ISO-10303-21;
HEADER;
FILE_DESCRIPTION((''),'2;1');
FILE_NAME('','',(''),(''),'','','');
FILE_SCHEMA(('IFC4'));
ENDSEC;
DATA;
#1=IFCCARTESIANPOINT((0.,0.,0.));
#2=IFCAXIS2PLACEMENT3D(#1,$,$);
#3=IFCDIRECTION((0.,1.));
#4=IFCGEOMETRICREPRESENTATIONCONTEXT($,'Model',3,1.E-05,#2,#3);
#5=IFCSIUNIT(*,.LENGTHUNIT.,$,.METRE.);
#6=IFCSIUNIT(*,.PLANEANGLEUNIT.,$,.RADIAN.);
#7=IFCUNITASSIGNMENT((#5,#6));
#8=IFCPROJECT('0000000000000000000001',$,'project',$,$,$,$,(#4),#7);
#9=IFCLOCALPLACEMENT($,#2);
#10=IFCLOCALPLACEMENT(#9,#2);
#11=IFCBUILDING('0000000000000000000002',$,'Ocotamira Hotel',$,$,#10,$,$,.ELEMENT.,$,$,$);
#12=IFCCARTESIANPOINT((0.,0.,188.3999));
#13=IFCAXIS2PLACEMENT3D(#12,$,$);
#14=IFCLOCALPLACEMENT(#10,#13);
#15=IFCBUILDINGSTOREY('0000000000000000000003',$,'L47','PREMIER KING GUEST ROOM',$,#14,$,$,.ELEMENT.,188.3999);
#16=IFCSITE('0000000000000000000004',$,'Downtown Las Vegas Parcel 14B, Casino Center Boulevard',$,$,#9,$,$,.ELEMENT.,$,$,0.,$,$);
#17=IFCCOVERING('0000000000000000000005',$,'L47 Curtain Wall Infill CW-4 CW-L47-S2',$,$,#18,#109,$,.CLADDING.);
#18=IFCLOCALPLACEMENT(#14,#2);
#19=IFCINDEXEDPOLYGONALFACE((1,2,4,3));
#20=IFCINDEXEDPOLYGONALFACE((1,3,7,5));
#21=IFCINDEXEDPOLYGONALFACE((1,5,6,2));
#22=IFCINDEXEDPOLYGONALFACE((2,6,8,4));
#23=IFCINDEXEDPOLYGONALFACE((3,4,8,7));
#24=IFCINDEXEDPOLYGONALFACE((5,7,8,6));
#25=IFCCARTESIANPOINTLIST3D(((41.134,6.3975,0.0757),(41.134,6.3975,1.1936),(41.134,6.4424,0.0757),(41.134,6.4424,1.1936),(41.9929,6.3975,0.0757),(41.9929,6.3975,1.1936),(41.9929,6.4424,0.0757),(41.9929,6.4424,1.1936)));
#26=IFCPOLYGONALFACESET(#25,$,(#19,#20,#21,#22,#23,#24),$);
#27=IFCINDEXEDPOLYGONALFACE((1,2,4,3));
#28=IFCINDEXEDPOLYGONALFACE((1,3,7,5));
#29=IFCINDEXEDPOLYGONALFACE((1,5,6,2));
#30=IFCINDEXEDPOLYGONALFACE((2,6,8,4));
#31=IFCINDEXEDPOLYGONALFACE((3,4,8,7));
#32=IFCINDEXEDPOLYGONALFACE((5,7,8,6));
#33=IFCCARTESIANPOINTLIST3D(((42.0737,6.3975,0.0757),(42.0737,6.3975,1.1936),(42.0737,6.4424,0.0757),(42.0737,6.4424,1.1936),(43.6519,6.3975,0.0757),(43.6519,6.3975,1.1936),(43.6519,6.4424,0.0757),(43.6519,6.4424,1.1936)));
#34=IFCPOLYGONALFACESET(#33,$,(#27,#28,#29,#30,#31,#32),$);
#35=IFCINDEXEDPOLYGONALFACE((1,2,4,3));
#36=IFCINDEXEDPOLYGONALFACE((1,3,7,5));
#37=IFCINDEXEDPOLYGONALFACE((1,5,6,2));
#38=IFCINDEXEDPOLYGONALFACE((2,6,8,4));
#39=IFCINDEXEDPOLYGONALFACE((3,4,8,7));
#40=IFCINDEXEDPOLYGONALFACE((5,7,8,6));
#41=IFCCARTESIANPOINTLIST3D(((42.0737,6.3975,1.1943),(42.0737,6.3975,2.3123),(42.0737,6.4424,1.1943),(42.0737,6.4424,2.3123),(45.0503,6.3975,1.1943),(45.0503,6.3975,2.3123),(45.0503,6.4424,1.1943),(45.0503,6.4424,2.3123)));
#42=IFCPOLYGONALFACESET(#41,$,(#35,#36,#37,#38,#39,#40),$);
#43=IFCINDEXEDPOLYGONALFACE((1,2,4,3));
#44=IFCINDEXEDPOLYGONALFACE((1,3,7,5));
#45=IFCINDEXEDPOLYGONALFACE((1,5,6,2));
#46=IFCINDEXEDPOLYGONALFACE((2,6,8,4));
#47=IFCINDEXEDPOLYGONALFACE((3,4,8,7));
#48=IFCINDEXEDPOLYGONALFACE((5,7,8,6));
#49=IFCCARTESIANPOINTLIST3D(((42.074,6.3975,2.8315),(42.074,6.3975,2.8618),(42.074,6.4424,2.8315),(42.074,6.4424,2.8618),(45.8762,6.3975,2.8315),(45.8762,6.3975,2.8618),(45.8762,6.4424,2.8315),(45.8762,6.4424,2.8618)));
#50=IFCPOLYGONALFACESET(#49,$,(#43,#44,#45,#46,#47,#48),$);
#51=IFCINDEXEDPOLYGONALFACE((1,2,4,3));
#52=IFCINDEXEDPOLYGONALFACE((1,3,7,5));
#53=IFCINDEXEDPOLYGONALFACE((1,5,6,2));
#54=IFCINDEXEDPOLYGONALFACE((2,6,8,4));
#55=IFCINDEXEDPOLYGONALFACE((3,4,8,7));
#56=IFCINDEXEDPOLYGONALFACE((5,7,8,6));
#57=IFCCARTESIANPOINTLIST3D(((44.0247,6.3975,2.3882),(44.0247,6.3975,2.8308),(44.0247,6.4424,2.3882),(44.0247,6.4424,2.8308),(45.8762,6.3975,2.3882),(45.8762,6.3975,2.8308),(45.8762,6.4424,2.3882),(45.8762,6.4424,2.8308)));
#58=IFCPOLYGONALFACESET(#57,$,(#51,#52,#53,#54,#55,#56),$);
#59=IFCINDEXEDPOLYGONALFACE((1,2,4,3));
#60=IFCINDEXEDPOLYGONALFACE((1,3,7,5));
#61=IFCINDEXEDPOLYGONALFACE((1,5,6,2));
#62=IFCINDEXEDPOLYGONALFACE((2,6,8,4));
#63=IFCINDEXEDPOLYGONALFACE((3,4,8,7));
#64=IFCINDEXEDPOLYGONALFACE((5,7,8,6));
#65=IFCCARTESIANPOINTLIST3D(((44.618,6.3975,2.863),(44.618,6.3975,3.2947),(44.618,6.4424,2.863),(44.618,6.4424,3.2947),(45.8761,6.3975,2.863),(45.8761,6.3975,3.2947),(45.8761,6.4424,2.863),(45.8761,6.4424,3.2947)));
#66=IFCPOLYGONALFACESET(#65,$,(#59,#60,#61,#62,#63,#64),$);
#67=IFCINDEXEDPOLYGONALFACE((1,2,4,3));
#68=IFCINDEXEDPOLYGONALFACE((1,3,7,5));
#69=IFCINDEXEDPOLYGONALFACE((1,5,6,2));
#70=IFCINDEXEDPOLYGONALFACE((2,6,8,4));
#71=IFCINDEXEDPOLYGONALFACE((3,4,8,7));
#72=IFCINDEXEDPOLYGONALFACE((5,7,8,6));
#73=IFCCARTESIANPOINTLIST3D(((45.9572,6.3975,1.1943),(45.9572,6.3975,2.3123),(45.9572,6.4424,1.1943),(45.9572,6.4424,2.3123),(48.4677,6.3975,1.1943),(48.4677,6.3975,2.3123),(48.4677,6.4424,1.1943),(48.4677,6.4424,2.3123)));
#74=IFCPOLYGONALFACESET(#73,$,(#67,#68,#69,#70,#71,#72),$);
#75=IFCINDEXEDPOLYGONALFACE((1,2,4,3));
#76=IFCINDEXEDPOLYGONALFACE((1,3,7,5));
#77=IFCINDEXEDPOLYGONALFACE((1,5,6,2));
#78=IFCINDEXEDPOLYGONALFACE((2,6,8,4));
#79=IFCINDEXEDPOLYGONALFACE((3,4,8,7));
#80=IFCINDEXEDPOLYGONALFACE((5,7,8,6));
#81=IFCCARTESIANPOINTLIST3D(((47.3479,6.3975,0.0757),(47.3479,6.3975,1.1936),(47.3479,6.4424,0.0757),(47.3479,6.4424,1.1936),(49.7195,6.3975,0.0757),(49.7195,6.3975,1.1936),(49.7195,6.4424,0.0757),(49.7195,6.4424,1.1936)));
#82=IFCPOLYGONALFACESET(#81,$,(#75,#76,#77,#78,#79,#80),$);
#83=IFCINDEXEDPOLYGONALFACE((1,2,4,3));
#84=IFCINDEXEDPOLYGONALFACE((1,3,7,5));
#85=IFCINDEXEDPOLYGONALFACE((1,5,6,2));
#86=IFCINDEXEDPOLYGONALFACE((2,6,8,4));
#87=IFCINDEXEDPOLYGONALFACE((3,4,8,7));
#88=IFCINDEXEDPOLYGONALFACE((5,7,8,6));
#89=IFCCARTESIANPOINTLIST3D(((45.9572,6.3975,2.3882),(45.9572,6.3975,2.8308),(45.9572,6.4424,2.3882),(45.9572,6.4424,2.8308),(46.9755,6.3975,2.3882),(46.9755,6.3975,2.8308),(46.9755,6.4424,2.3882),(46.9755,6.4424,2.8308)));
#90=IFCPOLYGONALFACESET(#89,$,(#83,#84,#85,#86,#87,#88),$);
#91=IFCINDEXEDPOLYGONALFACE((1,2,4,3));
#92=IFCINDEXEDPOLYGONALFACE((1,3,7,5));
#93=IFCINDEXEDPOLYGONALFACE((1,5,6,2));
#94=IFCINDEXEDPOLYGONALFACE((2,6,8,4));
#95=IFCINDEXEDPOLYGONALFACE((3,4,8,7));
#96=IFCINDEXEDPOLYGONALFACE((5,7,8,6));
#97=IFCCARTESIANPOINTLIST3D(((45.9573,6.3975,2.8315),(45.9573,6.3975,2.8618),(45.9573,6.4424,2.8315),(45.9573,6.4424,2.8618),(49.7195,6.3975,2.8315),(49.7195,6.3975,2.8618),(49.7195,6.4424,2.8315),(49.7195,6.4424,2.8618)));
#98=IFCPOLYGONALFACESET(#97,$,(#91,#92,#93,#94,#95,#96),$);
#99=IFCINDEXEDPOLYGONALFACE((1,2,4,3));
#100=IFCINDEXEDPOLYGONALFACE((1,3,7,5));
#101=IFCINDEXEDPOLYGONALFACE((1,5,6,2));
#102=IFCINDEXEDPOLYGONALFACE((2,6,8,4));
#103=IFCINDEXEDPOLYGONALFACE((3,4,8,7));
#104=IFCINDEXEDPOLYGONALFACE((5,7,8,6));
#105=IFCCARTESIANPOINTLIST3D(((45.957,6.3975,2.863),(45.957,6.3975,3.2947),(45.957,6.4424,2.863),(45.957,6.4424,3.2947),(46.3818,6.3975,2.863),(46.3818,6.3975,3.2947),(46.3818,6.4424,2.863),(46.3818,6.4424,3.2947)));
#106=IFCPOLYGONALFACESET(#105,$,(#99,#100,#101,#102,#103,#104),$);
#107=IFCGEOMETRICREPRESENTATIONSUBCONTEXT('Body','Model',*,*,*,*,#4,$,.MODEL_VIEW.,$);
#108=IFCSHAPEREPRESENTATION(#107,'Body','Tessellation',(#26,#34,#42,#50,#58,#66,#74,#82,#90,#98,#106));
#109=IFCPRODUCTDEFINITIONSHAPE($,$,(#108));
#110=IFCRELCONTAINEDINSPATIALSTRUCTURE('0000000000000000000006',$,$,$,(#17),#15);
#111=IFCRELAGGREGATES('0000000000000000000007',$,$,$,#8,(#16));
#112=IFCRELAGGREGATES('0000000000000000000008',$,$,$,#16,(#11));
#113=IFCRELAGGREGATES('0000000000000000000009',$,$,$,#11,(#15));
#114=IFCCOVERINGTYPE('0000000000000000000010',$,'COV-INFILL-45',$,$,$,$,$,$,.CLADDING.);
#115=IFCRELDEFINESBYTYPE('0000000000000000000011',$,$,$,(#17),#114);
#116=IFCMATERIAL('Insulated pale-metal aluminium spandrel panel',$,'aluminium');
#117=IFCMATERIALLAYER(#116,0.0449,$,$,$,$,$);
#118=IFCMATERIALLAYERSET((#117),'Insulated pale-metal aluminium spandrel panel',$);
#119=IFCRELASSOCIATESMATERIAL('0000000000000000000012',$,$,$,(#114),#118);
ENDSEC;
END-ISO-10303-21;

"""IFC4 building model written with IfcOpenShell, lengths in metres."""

from ifc_helpers import new_model, si_unit, direction, frame, origin, origin_2d, place, context, subcontext, project, spatial, rectangle, extrude, material, layer, layer_set, type_object, element, save


model = new_model("IFC4")

# Units and contexts
model_context = context("Model", 3, precision=1e-05, world=origin(), true_north=direction((0.0, 1.0)))
body_context = subcontext(model_context, "Body", "Model", "MODEL_VIEW")
ifc_project = project(units=[si_unit("LENGTHUNIT", "METRE"), si_unit("PLANEANGLEUNIT", "RADIAN")], contexts=[model_context])

# Site, building, storey
site_placement = place(None, origin())
site = spatial("IfcSite", under=ifc_project, at=site_placement, Name="Downtown Las Vegas Parcel 14B, Casino Center Boulevard", CompositionType="ELEMENT", RefElevation=0.0)
building_placement = place(site_placement, origin())
building = spatial("IfcBuilding", under=site, at=building_placement, Name="Ocotamira Hotel", CompositionType="ELEMENT")
storey_placement = place(building_placement, frame((0.0, 0.0, 188.3999)))
storey = spatial("IfcBuildingStorey", under=building, at=storey_placement, Name="L47", Description="PREMIER KING GUEST ROOM", CompositionType="ELEMENT", Elevation=188.3999)

# Covering
ifc_material_1 = material(Name="Insulated pale-metal aluminium spandrel panel", Category="aluminium")
ifc_layer_1 = layer(ifc_material_1, 0.0449)
ifc_layer_set_1 = layer_set([ifc_layer_1], Name="Insulated pale-metal aluminium spandrel panel")
covering_type_1 = type_object("IfcCoveringType", Name="COV-INFILL-45", PredefinedType="CLADDING", material=ifc_layer_set_1)
covering_1_placement = place(storey_placement, origin())
element("IfcCovering", 1, at=covering_1_placement, inside=storey, type_object=covering_type_1, Name="L47 Curtain Wall Infill CW-4 CW-L47-S2", PredefinedType="CLADDING", context=body_context, shape_type="SweptSolid", body=[
    extrude(rectangle(XDim=0.8589, YDim=0.0449, at=origin_2d()), frame((41.5635, 6.4199, 0.0757), z_axis=(0.0, 0.0, 1.0), x_axis=(1.0, 0.0, 0.0)), (0.0, 0.0, 1.0), 1.1179),
    extrude(rectangle(XDim=1.5781, YDim=0.0449, at=origin_2d()), frame((42.8628, 6.4199, 0.0757), z_axis=(0.0, 0.0, 1.0), x_axis=(1.0, 0.0, 0.0)), (0.0, 0.0, 1.0), 1.1179),
    extrude(rectangle(XDim=2.9766, YDim=0.0449, at=origin_2d()), frame((43.562, 6.4199, 1.1943), z_axis=(0.0, 0.0, 1.0), x_axis=(1.0, 0.0, 0.0)), (0.0, 0.0, 1.0), 1.1179),
    extrude(rectangle(XDim=3.8022, YDim=0.0449, at=origin_2d()), frame((43.9751, 6.4199, 2.8315), z_axis=(0.0, 0.0, 1.0), x_axis=(1.0, 0.0, 0.0)), (0.0, 0.0, 1.0), 0.0303),
    extrude(rectangle(XDim=1.8516, YDim=0.0449, at=origin_2d()), frame((44.9504, 6.4199, 2.3882), z_axis=(0.0, 0.0, 1.0), x_axis=(1.0, 0.0, 0.0)), (0.0, 0.0, 1.0), 0.4426),
    extrude(rectangle(XDim=1.2581, YDim=0.0449, at=origin_2d()), frame((45.2471, 6.4199, 2.863), z_axis=(0.0, 0.0, 1.0), x_axis=(1.0, 0.0, 0.0)), (0.0, 0.0, 1.0), 0.4316),
    extrude(rectangle(XDim=2.5105, YDim=0.0449, at=origin_2d()), frame((47.2124, 6.4199, 1.1943), z_axis=(0.0, 0.0, 1.0), x_axis=(1.0, 0.0, 0.0)), (0.0, 0.0, 1.0), 1.1179),
    extrude(rectangle(XDim=2.3716, YDim=0.0449, at=origin_2d()), frame((48.5337, 6.4199, 0.0757), z_axis=(0.0, 0.0, 1.0), x_axis=(1.0, 0.0, 0.0)), (0.0, 0.0, 1.0), 1.1179),
    extrude(rectangle(XDim=1.0183, YDim=0.0449, at=origin_2d()), frame((46.4663, 6.4199, 2.3882), z_axis=(0.0, 0.0, 1.0), x_axis=(1.0, 0.0, 0.0)), (0.0, 0.0, 1.0), 0.4426),
    extrude(rectangle(XDim=3.7622, YDim=0.0449, at=origin_2d()), frame((47.8384, 6.4199, 2.8315), z_axis=(0.0, 0.0, 1.0), x_axis=(1.0, 0.0, 0.0)), (0.0, 0.0, 1.0), 0.0303),
    extrude(rectangle(XDim=0.4248, YDim=0.0449, at=origin_2d()), frame((46.1694, 6.4199, 2.863), z_axis=(0.0, 0.0, 1.0), x_axis=(1.0, 0.0, 0.0)), (0.0, 0.0, 1.0), 0.4316),
])

save(model, "model.ifc")
